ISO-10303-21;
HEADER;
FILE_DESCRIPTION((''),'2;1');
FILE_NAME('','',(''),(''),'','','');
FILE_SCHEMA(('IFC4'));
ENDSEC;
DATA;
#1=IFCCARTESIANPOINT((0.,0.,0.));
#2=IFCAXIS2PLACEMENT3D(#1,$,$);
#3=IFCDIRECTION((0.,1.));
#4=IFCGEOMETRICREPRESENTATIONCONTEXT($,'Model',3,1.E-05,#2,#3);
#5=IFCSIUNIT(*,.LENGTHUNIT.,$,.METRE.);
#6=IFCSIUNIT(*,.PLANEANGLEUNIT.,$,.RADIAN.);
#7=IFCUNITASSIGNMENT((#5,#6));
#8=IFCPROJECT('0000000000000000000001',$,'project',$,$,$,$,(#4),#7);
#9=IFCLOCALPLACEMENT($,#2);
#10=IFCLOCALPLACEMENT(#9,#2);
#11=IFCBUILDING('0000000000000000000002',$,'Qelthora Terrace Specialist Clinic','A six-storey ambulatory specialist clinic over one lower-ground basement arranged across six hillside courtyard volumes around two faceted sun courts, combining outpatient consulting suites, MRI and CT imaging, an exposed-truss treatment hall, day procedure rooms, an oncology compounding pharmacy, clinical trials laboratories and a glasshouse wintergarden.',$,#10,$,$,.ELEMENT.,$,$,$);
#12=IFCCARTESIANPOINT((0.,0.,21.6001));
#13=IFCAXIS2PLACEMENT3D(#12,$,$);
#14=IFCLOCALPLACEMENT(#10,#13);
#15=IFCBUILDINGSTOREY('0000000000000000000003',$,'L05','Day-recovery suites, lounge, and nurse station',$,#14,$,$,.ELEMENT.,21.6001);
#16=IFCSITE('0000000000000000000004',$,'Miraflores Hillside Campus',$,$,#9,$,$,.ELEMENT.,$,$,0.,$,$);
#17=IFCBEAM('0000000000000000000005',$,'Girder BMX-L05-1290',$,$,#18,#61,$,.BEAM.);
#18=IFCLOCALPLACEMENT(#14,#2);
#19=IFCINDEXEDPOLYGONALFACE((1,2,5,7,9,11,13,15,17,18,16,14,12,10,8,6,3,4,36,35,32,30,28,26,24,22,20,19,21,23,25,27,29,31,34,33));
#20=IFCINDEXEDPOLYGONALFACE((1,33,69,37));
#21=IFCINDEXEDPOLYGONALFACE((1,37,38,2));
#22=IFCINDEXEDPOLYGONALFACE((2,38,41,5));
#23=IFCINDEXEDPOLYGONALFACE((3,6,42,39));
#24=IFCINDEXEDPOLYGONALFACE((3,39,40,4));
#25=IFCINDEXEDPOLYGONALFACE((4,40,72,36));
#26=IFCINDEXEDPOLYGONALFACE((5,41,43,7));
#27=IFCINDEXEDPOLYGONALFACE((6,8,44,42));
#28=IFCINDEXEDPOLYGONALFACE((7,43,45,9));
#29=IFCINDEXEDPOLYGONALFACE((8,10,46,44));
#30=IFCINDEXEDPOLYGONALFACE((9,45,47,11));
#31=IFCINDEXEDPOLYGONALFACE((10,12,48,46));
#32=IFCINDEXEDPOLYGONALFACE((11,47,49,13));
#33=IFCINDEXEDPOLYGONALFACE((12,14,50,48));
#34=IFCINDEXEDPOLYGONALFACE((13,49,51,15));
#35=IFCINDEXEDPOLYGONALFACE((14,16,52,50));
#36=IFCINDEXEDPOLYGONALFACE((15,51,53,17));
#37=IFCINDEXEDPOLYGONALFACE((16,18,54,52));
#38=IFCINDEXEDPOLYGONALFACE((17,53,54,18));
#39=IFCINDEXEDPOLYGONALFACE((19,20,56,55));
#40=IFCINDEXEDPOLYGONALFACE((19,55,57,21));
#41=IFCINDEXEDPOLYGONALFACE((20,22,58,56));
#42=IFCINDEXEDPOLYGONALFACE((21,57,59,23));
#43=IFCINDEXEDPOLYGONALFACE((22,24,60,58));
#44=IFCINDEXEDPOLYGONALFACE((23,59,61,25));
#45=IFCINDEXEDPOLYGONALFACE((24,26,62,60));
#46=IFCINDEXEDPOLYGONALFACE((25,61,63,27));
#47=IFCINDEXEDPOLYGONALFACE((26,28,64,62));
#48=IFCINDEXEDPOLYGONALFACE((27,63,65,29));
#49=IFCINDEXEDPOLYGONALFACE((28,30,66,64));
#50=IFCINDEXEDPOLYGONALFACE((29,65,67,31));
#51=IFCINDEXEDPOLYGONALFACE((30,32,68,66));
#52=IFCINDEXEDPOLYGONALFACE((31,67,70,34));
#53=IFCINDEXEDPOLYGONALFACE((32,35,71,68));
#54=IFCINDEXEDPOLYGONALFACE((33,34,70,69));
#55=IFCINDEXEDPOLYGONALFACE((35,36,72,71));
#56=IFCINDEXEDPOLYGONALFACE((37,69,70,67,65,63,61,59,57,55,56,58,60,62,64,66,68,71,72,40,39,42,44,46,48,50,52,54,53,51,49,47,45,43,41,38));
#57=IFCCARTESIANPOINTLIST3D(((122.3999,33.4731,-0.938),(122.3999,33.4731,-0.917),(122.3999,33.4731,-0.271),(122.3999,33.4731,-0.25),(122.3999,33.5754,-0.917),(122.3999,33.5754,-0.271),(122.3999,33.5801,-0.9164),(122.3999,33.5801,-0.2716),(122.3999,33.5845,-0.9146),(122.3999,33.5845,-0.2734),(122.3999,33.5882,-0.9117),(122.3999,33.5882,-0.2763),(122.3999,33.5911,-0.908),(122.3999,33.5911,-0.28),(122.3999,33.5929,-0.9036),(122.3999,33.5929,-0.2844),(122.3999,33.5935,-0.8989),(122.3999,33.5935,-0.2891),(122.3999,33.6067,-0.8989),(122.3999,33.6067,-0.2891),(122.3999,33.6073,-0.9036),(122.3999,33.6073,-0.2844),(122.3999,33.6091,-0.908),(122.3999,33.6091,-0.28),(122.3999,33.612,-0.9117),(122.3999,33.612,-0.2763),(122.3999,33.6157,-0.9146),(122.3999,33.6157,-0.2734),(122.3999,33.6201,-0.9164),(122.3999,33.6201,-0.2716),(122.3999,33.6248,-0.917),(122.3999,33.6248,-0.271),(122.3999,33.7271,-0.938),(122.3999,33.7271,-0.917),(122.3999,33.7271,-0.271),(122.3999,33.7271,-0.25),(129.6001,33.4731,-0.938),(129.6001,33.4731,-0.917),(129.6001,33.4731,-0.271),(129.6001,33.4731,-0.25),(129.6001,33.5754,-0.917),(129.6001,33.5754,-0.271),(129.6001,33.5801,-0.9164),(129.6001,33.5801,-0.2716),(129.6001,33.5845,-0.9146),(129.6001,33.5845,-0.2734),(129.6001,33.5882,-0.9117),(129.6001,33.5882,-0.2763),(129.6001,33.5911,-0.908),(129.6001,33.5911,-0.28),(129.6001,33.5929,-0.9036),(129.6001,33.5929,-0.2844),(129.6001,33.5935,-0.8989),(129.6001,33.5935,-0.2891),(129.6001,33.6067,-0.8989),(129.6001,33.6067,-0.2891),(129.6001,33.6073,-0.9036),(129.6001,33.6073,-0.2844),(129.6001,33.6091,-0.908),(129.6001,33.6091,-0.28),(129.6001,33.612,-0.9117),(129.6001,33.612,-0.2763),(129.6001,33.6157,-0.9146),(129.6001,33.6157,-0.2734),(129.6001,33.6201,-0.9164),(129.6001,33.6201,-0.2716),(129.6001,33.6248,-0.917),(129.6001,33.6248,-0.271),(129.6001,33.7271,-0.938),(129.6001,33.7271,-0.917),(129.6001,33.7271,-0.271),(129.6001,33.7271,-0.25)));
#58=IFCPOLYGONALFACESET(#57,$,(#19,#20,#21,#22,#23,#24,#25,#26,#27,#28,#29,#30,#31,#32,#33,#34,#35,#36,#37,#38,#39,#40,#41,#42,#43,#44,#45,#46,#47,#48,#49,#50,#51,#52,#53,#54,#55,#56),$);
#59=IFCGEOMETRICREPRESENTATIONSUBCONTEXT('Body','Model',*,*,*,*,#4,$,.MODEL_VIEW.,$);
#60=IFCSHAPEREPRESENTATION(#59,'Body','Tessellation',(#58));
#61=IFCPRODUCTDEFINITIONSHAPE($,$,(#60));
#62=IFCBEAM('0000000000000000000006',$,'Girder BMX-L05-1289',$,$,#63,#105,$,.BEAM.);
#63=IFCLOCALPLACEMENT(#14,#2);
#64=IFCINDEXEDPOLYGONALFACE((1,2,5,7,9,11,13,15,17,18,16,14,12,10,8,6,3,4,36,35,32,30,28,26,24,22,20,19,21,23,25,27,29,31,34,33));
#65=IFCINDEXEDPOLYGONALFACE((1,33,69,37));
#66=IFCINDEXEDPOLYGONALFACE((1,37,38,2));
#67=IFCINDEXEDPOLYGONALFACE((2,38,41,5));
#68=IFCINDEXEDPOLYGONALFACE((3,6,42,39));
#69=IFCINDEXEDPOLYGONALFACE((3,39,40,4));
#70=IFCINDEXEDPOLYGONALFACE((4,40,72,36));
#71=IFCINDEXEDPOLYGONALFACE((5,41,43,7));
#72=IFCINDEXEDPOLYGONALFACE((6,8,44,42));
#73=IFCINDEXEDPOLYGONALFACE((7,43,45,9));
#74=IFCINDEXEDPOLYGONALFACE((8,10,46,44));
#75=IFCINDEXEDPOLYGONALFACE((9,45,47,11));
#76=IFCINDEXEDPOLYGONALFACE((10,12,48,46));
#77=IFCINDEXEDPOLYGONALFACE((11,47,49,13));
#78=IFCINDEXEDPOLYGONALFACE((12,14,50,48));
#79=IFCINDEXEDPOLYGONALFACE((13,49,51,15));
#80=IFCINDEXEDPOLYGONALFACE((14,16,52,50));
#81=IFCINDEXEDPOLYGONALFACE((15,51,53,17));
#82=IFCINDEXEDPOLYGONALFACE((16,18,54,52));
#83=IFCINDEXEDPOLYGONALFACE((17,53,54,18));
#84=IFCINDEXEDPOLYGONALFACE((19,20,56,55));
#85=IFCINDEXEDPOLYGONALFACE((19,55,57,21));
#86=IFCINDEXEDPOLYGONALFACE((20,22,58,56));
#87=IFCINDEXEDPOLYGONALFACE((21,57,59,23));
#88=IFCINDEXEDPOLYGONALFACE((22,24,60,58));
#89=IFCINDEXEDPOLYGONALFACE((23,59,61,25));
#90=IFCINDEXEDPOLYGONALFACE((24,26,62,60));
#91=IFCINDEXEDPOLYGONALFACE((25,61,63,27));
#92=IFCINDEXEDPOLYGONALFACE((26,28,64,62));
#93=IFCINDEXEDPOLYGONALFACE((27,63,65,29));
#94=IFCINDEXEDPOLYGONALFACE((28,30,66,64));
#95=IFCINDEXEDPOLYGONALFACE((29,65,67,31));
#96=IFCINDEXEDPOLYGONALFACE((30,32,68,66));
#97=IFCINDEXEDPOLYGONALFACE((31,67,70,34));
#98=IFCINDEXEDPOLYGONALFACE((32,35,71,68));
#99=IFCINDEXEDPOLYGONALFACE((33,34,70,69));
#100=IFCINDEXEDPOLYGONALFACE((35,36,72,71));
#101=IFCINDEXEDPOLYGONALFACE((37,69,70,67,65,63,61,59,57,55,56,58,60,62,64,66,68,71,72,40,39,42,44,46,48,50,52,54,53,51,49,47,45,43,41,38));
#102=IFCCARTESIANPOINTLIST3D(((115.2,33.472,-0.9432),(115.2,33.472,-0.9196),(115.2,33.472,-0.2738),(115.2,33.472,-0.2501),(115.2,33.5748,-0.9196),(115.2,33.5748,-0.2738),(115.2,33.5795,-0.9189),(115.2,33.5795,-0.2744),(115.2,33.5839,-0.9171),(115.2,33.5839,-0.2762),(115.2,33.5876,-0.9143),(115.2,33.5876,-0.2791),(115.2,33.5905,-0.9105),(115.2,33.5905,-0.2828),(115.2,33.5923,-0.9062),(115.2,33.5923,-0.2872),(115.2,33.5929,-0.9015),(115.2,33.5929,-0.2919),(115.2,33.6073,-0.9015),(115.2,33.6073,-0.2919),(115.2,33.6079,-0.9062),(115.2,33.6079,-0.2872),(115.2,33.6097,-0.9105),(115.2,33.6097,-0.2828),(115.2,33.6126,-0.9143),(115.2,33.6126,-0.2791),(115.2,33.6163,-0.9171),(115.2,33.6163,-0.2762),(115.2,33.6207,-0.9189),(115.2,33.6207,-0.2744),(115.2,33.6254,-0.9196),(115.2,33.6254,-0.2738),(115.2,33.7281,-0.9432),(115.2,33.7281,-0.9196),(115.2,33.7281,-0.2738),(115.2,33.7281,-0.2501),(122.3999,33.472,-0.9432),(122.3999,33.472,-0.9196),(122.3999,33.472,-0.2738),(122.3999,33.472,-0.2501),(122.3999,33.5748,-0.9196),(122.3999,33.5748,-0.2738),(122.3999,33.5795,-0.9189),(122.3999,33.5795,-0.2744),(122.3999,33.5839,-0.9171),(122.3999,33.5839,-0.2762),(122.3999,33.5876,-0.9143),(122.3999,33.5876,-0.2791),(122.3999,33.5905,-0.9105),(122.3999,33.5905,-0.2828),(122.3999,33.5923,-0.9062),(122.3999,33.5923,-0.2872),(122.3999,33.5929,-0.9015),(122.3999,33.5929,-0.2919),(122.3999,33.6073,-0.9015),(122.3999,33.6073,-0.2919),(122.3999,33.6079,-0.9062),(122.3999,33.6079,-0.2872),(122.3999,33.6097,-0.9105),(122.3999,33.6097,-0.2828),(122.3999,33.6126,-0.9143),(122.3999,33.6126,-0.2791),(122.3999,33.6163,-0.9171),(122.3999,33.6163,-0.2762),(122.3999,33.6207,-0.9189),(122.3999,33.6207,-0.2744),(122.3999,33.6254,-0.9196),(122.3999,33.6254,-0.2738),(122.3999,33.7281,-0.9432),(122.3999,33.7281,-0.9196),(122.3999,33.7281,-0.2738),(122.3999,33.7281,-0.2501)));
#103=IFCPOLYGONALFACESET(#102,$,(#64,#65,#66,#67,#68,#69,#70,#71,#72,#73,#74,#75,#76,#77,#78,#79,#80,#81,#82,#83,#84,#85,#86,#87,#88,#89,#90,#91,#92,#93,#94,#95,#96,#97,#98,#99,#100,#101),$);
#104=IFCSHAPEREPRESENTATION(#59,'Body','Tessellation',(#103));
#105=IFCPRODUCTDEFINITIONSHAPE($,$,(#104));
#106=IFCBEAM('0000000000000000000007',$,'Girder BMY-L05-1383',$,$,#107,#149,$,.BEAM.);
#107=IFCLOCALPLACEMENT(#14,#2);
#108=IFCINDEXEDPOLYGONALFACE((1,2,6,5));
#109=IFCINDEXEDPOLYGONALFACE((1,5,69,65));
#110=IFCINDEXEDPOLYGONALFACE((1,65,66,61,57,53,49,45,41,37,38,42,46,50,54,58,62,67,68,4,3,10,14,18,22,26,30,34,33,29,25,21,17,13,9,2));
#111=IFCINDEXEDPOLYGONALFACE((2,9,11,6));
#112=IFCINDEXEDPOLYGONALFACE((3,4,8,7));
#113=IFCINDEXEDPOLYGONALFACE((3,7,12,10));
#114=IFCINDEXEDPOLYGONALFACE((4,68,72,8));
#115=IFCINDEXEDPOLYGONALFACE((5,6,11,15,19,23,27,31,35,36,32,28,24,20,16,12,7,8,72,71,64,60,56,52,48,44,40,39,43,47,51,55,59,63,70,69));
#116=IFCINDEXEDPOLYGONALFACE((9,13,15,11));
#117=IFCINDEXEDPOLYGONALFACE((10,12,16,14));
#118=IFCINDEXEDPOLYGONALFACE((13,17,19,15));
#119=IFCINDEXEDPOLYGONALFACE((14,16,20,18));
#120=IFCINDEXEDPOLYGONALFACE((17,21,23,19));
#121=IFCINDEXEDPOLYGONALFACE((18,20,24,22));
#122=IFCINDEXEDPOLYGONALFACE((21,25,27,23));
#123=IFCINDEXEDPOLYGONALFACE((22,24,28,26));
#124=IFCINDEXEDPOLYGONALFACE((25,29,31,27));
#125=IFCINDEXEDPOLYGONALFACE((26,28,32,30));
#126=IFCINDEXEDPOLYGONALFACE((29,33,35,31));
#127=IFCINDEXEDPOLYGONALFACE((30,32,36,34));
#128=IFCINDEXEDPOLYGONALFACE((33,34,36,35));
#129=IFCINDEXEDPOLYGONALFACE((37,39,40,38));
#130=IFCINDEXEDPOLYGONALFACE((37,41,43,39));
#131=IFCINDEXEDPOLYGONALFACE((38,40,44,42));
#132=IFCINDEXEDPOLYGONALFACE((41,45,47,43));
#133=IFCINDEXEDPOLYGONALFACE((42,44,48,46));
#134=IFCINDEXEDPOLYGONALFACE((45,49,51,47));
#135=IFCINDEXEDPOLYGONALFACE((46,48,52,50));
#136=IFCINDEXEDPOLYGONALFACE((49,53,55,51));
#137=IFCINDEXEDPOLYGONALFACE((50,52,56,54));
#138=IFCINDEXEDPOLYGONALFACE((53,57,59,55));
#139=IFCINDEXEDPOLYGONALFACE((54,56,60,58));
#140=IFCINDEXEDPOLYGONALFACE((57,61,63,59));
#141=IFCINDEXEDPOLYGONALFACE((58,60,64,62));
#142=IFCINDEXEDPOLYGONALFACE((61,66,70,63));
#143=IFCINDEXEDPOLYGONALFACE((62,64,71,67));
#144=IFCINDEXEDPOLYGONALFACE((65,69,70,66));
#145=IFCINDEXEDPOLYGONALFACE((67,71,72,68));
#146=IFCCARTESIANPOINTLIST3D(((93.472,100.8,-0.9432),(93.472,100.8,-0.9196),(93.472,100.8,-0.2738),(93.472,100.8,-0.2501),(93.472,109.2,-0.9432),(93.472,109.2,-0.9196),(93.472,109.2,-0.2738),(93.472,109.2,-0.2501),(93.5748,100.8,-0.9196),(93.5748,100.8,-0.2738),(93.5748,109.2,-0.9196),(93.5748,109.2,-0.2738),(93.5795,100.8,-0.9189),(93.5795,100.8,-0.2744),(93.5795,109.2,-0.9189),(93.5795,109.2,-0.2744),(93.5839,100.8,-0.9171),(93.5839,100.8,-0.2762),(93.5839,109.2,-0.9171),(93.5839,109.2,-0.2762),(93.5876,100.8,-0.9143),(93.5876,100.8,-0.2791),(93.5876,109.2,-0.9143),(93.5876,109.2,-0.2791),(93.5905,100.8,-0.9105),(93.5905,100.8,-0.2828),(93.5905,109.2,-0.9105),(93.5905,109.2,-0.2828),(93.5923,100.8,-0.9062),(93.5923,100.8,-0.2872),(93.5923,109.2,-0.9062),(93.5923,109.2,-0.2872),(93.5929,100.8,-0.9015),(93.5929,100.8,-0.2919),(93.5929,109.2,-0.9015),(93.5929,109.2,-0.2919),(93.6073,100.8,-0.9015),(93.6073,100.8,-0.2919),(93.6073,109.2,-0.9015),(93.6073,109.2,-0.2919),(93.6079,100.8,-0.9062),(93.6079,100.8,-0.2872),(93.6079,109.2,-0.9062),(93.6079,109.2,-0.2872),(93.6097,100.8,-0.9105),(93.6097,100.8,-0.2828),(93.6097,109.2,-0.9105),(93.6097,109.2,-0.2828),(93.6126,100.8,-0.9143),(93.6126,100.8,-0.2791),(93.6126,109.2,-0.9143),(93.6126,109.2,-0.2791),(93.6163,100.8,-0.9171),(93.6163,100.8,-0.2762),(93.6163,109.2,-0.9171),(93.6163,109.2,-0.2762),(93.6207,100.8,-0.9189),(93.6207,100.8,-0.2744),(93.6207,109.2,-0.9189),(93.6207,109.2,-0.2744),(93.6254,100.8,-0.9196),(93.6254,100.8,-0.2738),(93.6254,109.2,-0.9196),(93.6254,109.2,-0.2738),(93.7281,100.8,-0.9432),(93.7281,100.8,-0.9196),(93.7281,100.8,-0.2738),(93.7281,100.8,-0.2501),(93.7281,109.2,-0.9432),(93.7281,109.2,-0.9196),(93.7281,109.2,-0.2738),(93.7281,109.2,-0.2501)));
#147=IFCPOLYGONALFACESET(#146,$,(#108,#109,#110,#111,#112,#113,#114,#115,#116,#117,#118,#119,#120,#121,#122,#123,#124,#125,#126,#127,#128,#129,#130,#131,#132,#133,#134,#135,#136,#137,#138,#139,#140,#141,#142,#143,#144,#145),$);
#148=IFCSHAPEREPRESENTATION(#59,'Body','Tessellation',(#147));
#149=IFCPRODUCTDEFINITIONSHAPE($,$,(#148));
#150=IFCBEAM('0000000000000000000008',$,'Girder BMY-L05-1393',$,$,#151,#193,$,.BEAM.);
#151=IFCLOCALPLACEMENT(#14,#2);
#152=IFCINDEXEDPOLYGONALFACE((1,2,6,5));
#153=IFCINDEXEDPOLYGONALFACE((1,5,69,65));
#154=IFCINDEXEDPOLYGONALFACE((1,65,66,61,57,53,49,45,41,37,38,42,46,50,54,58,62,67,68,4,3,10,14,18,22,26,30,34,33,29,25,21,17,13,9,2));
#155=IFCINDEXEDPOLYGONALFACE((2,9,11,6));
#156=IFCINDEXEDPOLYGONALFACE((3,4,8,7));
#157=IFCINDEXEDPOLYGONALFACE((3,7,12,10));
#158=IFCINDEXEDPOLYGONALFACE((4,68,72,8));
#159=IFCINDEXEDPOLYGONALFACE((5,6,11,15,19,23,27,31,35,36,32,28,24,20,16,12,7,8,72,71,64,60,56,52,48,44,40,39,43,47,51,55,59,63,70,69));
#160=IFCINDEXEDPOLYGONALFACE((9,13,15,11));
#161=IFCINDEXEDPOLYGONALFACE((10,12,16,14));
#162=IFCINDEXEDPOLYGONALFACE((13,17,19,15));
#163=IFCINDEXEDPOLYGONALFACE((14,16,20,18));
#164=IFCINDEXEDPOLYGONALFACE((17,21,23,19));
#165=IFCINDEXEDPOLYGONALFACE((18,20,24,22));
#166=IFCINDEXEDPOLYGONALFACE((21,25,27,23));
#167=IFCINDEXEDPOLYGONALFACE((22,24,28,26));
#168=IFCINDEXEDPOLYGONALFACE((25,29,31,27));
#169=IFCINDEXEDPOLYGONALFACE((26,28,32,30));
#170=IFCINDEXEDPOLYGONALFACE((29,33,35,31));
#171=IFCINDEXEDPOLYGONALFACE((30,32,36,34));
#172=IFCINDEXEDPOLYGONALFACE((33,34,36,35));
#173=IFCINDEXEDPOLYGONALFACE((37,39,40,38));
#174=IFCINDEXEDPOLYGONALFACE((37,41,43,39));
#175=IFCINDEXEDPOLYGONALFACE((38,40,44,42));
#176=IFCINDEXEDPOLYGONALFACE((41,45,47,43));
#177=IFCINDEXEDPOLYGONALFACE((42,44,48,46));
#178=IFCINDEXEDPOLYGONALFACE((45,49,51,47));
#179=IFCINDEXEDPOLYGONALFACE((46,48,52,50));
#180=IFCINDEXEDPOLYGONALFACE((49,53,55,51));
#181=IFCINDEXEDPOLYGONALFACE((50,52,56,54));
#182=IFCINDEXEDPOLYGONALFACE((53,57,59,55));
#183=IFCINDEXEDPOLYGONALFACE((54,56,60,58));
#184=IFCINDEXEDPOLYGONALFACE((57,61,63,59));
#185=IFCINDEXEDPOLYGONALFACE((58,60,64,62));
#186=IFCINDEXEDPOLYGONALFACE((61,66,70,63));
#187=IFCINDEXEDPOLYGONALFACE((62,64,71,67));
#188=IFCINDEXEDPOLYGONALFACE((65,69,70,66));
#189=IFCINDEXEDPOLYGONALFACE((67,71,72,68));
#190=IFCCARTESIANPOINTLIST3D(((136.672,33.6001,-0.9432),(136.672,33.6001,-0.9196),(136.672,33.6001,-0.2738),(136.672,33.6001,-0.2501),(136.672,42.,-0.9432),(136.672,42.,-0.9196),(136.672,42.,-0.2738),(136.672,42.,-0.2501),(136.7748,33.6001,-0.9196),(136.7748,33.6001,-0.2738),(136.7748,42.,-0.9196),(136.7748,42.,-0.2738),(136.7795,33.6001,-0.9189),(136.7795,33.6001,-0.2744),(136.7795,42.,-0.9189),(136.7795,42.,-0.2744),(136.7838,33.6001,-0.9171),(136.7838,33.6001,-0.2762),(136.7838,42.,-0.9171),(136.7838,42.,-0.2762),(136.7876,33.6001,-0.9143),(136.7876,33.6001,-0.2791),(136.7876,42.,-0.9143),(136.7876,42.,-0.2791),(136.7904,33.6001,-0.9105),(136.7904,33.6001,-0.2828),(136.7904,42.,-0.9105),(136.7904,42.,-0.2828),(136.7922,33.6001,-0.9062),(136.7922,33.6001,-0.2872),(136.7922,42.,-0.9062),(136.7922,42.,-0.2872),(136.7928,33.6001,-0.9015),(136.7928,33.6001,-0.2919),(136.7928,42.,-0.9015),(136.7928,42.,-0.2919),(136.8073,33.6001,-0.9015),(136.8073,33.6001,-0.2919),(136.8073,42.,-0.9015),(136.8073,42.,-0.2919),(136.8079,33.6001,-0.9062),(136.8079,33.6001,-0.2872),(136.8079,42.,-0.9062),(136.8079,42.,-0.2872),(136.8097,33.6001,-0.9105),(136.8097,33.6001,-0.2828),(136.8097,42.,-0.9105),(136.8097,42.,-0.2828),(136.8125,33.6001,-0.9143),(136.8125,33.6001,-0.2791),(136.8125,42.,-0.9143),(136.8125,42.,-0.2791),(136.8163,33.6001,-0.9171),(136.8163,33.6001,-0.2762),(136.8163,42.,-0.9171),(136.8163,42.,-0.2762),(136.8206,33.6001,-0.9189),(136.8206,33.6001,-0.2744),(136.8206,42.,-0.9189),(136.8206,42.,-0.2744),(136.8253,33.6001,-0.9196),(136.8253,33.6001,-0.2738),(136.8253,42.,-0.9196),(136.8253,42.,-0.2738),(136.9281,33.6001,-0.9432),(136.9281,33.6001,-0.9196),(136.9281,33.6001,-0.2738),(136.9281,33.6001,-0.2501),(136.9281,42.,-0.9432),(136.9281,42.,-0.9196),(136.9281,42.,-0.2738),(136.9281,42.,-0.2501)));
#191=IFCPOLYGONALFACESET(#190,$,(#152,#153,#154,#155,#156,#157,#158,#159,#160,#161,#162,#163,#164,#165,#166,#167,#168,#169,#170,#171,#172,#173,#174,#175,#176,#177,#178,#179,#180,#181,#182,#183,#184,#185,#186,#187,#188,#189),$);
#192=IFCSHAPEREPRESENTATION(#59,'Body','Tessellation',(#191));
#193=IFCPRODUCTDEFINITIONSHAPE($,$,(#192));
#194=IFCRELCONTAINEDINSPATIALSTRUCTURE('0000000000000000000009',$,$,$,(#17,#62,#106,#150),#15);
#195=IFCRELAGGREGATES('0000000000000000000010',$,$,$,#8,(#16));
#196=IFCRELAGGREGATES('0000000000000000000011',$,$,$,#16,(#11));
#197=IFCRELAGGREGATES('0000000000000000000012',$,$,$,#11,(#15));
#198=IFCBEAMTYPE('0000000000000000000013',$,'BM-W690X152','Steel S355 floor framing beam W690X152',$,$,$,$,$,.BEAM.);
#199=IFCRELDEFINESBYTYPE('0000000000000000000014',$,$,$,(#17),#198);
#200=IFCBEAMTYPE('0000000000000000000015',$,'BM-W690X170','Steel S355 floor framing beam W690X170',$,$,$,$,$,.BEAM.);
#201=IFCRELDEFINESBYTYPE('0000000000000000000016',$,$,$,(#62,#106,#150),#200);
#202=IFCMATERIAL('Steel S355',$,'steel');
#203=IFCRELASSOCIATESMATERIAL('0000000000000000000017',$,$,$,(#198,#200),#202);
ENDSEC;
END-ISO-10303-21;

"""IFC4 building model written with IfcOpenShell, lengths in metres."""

from ifc_helpers import new_model, si_unit, direction, frame, origin, origin_2d, place, context, subcontext, project, spatial, i_section, extrude, material, material_profile, profile_set, type_object, element, save


model = new_model("IFC4")

# Units and contexts
model_context = context("Model", 3, precision=1e-05, world=origin(), true_north=direction((0.0, 1.0)))
body_context = subcontext(model_context, "Body", "Model", "MODEL_VIEW")
ifc_project = project(units=[si_unit("LENGTHUNIT", "METRE"), si_unit("PLANEANGLEUNIT", "RADIAN")], contexts=[model_context])

# Site, building, storey
site_placement = place(None, origin())
site = spatial("IfcSite", under=ifc_project, at=site_placement, Name="Miraflores Hillside Campus", CompositionType="ELEMENT", RefElevation=0.0)
building_placement = place(site_placement, origin())
building = spatial("IfcBuilding", under=site, at=building_placement, Name="Qelthora Terrace Specialist Clinic", Description="A six-storey ambulatory specialist clinic over one lower-ground basement arranged across six hillside courtyard volumes around two faceted sun courts, combining outpatient consulting suites, MRI and CT imaging, an exposed-truss treatment hall, day procedure rooms, an oncology compounding pharmacy, clinical trials laboratories and a glasshouse wintergarden.", CompositionType="ELEMENT")
storey_placement = place(building_placement, frame((0.0, 0.0, 21.6001)))
storey = spatial("IfcBuildingStorey", under=building, at=storey_placement, Name="L05", Description="Day-recovery suites, lounge, and nurse station", CompositionType="ELEMENT", Elevation=21.6001)

# Beams
ifc_material = material(Name="Steel S355", Category="steel")
ifc_material_profile_1 = material_profile(ifc_material, i_section(OverallWidth=0.2539, OverallDepth=0.688, WebThickness=0.0132, FlangeThickness=0.021, FilletRadius=0.0181, at=origin_2d()), Name="W690X152")
ifc_profile_set_1 = profile_set([ifc_material_profile_1], Name="Steel S355")
beam_type_1 = type_object("IfcBeamType", Name="BM-W690X152", Description="Steel S355 floor framing beam W690X152", PredefinedType="BEAM", material=ifc_profile_set_1)
beam_1_placement = place(storey_placement, frame((122.3999, 33.6001, -0.594), z_axis=(1.0, 0.0, 0.0), x_axis=(0.0, 1.0, 0.0)))
element("IfcBeam", 1, at=beam_1_placement, inside=storey, type_object=beam_type_1, Name="Girder BMX-L05-1290", PredefinedType="BEAM", context=body_context, shape_type="SweptSolid", body=[
    extrude(i_section(OverallWidth=0.2539, OverallDepth=0.688, WebThickness=0.0132, FlangeThickness=0.021, FilletRadius=0.0181, at=origin_2d()), origin(), (0.0, 0.0, 1.0), 7.2002),
])
ifc_material_profile_2 = material_profile(ifc_material, i_section(OverallWidth=0.2561, OverallDepth=0.6931, WebThickness=0.0144, FlangeThickness=0.0237, FilletRadius=0.0181, at=origin_2d()), Name="W690X170")
ifc_profile_set_2 = profile_set([ifc_material_profile_2], Name="Steel S355")
beam_type_2 = type_object("IfcBeamType", Name="BM-W690X170", Description="Steel S355 floor framing beam W690X170", PredefinedType="BEAM", material=ifc_profile_set_2)
beam_2_placement = place(storey_placement, frame((115.2, 33.6001, -0.5967), z_axis=(1.0, 0.0, 0.0), x_axis=(0.0, 1.0, 0.0)))
element("IfcBeam", 2, at=beam_2_placement, inside=storey, type_object=beam_type_2, Name="Girder BMX-L05-1289", PredefinedType="BEAM", context=body_context, shape_type="SweptSolid", body=[
    extrude(i_section(OverallWidth=0.2561, OverallDepth=0.6931, WebThickness=0.0144, FlangeThickness=0.0237, FilletRadius=0.0181, at=origin_2d()), origin(), (0.0, 0.0, 1.0), 7.2),
])
for number, where, z_axis, x_axis, name in (
    (3, (93.6001, 100.8, -0.5967), (0.0, 1.0, 0.0), (-1.0, 0.0, 0.0), "Girder BMY-L05-1383"),
    (4, (136.8, 33.6001, -0.5967), (0.0, 1.0, 0.0), (-1.0, 0.0, 0.0), "Girder BMY-L05-1393"),
):
    element("IfcBeam", number, at=place(storey_placement, frame(where, z_axis=z_axis, x_axis=x_axis)), inside=storey, type_object=beam_type_2, Name=name, PredefinedType="BEAM", context=body_context, shape_type="SweptSolid", body=[
        extrude(i_section(OverallWidth=0.2561, OverallDepth=0.6931, WebThickness=0.0144, FlangeThickness=0.0237, FilletRadius=0.0181, at=origin_2d()), origin(), (0.0, 0.0, 1.0), 8.3999),
    ])

save(model, "model.ifc")
